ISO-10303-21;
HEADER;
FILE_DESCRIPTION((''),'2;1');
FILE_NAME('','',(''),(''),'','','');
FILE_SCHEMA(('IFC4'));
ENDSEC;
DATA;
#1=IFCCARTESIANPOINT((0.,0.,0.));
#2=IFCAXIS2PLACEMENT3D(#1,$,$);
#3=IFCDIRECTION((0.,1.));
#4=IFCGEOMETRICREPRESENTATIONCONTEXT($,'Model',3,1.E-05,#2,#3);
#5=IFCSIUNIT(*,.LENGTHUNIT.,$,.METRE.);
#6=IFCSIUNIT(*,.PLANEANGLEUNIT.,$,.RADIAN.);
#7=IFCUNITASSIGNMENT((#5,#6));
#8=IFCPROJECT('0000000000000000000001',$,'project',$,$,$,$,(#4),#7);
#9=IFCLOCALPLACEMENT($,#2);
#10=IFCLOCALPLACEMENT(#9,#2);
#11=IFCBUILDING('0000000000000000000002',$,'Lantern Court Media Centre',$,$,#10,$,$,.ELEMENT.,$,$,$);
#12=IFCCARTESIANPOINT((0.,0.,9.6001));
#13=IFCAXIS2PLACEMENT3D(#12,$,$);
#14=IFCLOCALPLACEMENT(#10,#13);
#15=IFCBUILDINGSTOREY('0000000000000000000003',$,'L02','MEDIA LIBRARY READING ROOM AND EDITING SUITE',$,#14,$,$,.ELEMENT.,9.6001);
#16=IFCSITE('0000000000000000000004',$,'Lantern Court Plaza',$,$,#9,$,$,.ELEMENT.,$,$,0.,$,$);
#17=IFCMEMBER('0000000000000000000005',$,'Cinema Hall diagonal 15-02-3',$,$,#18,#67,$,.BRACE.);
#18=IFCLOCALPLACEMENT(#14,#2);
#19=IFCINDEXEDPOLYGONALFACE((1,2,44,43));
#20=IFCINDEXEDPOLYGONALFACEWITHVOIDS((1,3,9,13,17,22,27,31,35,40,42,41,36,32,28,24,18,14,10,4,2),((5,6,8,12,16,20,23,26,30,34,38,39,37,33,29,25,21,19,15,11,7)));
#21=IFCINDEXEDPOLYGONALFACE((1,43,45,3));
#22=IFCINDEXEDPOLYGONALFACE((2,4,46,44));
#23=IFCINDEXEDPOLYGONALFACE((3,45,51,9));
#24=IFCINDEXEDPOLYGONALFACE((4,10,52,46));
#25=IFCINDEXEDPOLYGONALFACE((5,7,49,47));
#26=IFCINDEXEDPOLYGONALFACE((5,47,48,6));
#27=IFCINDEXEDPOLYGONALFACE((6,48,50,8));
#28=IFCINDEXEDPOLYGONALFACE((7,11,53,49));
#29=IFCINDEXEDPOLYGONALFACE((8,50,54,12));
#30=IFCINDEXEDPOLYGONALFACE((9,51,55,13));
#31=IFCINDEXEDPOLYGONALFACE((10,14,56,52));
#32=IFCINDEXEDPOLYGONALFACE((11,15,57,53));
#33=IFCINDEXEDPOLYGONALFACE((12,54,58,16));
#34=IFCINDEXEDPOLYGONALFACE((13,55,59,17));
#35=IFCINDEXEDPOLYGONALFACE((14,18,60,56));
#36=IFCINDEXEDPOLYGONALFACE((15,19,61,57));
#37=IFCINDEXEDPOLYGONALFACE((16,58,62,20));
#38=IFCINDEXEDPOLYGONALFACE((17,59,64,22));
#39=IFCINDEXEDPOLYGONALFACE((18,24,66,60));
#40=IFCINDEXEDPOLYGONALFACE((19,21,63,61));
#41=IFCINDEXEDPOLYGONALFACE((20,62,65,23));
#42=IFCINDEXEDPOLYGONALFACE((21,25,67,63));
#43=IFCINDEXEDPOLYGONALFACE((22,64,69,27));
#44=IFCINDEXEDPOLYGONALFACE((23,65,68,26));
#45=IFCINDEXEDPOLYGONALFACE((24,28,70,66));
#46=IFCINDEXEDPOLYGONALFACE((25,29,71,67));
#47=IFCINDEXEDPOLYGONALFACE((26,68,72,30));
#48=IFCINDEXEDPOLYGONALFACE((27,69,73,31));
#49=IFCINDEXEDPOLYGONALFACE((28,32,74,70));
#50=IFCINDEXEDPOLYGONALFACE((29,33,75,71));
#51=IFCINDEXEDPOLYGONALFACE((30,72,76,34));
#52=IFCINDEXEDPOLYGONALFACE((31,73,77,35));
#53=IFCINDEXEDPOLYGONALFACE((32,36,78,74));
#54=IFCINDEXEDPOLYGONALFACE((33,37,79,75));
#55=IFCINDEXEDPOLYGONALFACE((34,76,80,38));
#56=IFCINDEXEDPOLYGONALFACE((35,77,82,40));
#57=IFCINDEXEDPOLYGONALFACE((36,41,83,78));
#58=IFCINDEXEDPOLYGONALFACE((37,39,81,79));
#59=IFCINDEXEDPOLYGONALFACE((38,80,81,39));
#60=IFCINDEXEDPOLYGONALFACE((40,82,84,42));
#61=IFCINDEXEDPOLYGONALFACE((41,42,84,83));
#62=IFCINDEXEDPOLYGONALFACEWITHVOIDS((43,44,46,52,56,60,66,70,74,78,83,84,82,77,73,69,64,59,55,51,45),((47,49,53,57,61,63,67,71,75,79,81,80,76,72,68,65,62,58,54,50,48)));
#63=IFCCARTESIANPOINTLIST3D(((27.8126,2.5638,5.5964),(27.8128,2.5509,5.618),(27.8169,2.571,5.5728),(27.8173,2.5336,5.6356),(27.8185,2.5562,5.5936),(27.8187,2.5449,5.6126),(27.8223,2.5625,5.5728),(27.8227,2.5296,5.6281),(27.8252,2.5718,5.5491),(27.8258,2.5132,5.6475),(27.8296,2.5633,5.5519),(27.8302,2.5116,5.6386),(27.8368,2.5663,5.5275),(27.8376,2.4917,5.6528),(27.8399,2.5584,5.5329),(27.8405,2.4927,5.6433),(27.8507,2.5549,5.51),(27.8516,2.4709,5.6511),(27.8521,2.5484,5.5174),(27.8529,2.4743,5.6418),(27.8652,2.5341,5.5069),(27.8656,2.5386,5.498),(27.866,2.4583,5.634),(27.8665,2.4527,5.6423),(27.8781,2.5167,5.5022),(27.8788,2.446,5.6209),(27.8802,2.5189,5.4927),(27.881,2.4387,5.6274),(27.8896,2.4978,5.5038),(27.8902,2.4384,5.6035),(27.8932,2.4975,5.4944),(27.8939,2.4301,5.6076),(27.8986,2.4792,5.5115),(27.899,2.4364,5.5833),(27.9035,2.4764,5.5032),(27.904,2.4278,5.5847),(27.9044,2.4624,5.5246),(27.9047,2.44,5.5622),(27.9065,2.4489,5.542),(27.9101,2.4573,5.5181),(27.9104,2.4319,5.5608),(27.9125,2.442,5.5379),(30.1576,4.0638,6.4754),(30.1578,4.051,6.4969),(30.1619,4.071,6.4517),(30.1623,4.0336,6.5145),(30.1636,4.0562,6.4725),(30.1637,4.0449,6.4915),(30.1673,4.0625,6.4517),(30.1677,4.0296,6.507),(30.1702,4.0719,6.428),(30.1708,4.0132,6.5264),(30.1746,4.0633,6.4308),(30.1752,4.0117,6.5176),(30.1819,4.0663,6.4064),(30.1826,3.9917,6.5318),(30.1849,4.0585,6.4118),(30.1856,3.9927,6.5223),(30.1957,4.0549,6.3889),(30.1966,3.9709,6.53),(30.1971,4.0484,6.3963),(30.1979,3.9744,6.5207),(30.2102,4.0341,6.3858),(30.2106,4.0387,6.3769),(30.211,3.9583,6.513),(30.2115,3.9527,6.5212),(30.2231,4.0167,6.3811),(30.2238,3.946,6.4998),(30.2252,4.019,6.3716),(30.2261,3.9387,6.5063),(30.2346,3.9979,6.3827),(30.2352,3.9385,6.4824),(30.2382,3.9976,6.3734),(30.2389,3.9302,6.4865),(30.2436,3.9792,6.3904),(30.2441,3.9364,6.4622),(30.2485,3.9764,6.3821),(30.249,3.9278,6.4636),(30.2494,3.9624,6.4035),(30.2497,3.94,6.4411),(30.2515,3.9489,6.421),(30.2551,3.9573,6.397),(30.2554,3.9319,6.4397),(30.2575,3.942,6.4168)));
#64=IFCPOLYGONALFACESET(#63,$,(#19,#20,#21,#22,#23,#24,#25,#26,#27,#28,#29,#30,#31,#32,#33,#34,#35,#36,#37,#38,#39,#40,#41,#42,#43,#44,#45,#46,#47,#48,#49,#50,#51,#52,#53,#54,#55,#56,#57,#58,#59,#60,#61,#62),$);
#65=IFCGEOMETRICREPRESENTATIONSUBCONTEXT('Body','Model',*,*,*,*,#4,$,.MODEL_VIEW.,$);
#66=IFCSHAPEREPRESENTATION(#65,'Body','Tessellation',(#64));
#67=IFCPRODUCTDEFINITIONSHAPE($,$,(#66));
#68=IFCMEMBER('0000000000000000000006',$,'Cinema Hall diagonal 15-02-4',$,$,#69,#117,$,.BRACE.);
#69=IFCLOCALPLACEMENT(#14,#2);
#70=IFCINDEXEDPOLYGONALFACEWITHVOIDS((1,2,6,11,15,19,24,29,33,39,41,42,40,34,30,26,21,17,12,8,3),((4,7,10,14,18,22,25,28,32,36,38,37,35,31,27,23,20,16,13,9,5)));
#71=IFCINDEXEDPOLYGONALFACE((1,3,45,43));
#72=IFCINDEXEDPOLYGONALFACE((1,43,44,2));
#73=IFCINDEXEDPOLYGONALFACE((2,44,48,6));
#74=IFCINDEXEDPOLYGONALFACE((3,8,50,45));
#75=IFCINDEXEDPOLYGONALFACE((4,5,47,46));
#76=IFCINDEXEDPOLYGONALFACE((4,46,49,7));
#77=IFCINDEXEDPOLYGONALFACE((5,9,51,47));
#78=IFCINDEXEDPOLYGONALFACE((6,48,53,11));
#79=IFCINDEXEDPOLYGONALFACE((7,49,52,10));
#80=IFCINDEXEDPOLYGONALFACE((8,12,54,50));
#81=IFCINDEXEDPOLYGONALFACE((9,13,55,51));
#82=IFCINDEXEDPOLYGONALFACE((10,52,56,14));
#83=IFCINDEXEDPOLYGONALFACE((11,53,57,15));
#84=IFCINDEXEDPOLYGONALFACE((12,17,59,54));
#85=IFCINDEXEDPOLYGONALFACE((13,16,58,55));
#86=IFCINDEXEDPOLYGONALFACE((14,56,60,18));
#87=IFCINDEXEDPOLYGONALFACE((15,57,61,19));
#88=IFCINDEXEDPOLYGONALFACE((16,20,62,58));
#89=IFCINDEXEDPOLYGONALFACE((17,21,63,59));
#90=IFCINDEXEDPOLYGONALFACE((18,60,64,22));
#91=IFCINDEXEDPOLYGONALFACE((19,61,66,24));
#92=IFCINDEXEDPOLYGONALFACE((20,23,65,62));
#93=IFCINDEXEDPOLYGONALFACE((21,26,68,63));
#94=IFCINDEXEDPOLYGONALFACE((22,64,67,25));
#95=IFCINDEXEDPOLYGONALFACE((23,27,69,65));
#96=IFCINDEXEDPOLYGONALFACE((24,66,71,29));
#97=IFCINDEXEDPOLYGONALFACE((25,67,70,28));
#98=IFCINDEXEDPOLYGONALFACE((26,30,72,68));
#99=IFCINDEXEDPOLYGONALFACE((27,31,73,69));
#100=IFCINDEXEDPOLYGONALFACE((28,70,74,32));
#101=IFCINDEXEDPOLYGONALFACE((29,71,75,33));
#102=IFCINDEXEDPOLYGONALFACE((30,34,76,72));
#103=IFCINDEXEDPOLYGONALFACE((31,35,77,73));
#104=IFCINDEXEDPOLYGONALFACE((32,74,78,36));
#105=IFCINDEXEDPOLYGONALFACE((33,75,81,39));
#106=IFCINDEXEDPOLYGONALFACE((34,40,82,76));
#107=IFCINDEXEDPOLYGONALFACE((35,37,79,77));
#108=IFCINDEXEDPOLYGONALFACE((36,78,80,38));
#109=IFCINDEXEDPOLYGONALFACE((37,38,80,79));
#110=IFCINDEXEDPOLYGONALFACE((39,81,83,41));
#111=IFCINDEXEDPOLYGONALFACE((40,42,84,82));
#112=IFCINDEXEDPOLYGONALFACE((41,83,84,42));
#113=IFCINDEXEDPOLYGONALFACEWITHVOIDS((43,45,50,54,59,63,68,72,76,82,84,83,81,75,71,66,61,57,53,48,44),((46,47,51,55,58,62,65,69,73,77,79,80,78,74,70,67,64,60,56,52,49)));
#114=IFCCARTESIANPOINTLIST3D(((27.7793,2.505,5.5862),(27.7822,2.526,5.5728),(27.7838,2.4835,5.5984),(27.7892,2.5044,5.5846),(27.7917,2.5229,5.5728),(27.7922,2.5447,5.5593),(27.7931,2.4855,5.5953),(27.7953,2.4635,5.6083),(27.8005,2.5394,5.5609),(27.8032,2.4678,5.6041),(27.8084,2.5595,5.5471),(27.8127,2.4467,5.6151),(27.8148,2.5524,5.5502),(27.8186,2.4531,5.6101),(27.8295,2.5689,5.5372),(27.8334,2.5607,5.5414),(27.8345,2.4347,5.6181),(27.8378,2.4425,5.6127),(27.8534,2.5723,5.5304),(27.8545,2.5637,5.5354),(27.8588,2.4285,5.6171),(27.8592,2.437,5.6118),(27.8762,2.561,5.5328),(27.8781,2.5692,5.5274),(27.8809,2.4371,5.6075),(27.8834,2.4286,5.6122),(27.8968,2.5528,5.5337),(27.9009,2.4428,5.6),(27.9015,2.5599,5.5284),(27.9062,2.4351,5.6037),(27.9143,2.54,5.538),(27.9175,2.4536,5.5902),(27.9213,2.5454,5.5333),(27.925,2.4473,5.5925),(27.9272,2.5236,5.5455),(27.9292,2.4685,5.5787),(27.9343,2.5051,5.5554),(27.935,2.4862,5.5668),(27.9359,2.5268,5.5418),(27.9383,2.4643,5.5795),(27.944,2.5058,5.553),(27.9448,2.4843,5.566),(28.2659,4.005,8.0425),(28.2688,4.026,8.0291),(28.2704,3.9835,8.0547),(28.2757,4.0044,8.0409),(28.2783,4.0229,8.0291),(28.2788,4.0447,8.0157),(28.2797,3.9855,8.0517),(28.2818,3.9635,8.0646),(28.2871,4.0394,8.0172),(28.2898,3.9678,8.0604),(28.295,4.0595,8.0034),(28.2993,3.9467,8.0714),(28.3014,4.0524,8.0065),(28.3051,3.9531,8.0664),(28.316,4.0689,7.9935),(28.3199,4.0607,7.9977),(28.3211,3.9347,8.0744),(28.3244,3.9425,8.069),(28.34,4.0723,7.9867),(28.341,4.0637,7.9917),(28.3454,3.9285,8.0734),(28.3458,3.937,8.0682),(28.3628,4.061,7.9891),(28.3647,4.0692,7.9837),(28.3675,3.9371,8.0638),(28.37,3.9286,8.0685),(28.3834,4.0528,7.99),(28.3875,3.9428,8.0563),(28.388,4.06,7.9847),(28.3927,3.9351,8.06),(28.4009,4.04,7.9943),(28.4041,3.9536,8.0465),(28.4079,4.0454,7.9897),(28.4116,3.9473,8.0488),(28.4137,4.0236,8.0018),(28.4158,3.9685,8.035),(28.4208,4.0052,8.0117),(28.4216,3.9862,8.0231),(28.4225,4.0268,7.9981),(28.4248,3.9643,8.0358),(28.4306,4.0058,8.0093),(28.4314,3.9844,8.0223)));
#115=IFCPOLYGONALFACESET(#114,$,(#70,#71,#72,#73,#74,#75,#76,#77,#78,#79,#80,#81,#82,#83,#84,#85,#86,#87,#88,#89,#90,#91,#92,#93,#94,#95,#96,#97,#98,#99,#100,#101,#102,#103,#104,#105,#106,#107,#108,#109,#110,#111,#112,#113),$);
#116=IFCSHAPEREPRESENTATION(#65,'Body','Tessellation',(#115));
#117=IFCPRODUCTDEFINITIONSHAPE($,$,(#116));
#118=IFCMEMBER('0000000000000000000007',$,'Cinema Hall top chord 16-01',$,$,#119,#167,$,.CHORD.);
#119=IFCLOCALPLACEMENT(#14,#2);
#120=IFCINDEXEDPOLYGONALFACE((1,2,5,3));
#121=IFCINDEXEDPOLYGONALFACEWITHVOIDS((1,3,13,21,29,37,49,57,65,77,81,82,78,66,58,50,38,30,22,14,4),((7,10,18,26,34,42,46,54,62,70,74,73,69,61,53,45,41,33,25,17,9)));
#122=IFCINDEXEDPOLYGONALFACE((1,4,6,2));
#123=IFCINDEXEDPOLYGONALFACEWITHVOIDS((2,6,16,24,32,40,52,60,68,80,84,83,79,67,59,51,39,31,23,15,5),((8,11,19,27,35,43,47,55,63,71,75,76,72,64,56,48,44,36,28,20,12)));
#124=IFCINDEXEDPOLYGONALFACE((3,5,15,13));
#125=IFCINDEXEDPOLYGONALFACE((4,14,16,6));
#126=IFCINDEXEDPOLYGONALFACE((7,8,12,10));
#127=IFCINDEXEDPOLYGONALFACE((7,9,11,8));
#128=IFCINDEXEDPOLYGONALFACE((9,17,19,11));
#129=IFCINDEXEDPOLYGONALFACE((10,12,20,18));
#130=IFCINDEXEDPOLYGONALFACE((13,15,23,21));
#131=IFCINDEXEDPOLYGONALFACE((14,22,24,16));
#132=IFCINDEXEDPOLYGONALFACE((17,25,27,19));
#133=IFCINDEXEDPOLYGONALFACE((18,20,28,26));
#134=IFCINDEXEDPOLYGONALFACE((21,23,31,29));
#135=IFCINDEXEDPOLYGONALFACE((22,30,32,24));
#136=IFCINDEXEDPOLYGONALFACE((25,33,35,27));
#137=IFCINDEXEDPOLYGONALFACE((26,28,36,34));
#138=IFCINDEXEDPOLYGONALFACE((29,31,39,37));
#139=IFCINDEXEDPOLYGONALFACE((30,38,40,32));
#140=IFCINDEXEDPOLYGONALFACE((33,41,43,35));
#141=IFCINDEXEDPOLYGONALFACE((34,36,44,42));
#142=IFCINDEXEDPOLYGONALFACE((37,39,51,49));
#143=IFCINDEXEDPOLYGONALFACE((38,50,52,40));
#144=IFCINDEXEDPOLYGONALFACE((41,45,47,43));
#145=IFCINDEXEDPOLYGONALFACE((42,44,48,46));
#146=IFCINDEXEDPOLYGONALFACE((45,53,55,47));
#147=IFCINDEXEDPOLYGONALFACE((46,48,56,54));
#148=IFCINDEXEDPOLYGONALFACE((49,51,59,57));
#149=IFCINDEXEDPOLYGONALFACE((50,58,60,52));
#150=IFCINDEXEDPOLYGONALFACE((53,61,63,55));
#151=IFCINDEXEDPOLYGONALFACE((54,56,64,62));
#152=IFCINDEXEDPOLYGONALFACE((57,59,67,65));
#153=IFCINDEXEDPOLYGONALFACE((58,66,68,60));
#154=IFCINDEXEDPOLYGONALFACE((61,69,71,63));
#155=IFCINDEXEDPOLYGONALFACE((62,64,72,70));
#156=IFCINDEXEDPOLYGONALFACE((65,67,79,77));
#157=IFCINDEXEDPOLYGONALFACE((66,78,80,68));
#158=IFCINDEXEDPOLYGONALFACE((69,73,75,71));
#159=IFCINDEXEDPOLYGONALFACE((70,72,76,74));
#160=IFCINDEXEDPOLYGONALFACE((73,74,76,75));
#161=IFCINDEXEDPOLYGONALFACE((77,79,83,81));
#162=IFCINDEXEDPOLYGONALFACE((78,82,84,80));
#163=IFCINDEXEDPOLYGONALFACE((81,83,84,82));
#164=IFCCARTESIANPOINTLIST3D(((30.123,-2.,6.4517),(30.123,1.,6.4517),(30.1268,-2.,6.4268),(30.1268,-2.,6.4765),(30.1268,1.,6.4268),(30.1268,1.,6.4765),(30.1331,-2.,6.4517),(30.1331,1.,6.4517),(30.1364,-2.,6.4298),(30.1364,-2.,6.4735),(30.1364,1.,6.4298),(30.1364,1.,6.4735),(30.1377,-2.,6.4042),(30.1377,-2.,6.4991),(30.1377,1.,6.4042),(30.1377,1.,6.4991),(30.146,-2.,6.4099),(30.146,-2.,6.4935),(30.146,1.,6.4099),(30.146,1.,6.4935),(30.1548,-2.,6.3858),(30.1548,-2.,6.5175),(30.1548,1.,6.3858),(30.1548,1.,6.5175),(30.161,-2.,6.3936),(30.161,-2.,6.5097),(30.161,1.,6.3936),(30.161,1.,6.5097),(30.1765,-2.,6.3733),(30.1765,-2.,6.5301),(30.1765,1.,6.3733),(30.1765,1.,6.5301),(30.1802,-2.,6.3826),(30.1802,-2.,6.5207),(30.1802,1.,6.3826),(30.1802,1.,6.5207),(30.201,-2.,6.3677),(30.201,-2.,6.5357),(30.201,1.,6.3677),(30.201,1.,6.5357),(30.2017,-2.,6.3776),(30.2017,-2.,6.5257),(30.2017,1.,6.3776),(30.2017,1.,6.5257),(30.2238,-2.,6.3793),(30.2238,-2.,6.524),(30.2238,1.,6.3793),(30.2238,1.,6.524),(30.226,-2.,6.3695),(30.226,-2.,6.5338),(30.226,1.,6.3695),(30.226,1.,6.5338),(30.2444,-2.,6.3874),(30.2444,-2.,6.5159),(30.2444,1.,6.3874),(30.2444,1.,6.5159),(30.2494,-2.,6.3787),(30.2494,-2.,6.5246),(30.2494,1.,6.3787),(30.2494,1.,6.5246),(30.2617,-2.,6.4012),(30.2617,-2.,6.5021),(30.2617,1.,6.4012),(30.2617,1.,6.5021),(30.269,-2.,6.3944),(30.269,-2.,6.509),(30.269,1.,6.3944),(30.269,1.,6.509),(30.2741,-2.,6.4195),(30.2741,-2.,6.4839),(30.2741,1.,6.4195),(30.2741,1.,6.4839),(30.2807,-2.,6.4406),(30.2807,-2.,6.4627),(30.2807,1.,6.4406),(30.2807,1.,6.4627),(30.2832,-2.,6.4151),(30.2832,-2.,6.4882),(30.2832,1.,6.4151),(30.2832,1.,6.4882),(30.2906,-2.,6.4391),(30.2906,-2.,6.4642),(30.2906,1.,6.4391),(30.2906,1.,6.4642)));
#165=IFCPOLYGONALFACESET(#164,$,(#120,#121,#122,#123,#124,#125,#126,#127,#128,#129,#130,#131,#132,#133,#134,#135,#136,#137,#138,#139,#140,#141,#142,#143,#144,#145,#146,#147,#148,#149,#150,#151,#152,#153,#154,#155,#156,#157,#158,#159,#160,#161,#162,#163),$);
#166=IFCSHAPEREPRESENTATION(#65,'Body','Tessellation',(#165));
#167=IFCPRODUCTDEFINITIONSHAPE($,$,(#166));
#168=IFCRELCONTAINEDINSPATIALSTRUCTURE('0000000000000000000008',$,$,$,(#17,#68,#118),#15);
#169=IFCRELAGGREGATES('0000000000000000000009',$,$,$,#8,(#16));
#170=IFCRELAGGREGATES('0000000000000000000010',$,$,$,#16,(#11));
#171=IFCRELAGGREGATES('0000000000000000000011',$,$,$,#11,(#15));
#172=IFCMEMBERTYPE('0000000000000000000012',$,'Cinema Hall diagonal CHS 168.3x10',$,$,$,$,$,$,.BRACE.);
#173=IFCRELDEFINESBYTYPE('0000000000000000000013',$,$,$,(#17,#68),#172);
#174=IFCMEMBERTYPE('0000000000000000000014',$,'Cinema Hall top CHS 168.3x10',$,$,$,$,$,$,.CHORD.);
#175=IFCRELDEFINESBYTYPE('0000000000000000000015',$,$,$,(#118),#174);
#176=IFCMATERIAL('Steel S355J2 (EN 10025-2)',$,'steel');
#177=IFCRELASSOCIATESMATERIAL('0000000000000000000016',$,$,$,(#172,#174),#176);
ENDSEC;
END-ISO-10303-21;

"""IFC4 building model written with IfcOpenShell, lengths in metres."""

from ifc_helpers import new_model, si_unit, direction, frame, origin, origin_2d, place, context, subcontext, project, spatial, hollow_circle, extrude, material, material_profile, profile_set, type_object, element, save


model = new_model("IFC4")

# Units and contexts
model_context = context("Model", 3, precision=1e-05, world=origin(), true_north=direction((0.0, 1.0)))
body_context = subcontext(model_context, "Body", "Model", "MODEL_VIEW")
ifc_project = project(units=[si_unit("LENGTHUNIT", "METRE"), si_unit("PLANEANGLEUNIT", "RADIAN")], contexts=[model_context])

# Site, building, storey
site_placement = place(None, origin())
site = spatial("IfcSite", under=ifc_project, at=site_placement, Name="Lantern Court Plaza", CompositionType="ELEMENT", RefElevation=0.0)
building_placement = place(site_placement, origin())
building = spatial("IfcBuilding", under=site, at=building_placement, Name="Lantern Court Media Centre", CompositionType="ELEMENT")
storey_placement = place(building_placement, frame((0.0, 0.0, 9.6001)))
storey = spatial("IfcBuildingStorey", under=building, at=storey_placement, Name="L02", Description="MEDIA LIBRARY READING ROOM AND EDITING SUITE", CompositionType="ELEMENT", Elevation=9.6001)

# Members
ifc_material = material(Name="Steel S355J2 (EN 10025-2)", Category="steel")
ifc_material_profile_1 = material_profile(ifc_material, hollow_circle(Radius=0.0842, WallThickness=0.01, at=origin_2d()), Name="Cinema Hall diagonal CHS 168.3x10")
ifc_profile_set_1 = profile_set([ifc_material_profile_1], Name="Steel S355J2 (EN 10025-2)")
member_type_1 = type_object("IfcMemberType", Name="Cinema Hall diagonal CHS 168.3x10", PredefinedType="BRACE", material=ifc_profile_set_1)
for number, where, z_axis, x_axis, name in (
    (1, (27.8623, 2.5, 5.5728), (0.803309, 0.51385, 0.301084), (-0.538855, 0.842399, 0.0), "Cinema Hall diagonal 15-02-3"),
):
    element("IfcMember", number, at=place(storey_placement, frame(where, z_axis=z_axis, x_axis=x_axis)), inside=storey, type_object=member_type_1, Name=name, PredefinedType="BRACE", context=body_context, shape_type="SweptSolid", body=[
        extrude(hollow_circle(Radius=0.0842, WallThickness=0.01, at=origin_2d()), origin(), (0.0, 0.0, 1.0), 2.9192),
    ])
member_1_placement = place(storey_placement, frame((27.8623, 2.5, 5.5728), z_axis=(0.166695, 0.513887, 0.841506), x_axis=(-0.951207, 0.308554, 0.0)))
element("IfcMember", 2, at=member_1_placement, inside=storey, type_object=member_type_1, Name="Cinema Hall diagonal 15-02-4", PredefinedType="BRACE", context=body_context, shape_type="SweptSolid", body=[
    extrude(hollow_circle(Radius=0.0842, WallThickness=0.01, at=origin_2d()), origin(), (0.0, 0.0, 1.0), 2.9189),
])
ifc_material_profile_2 = material_profile(ifc_material, hollow_circle(Radius=0.0842, WallThickness=0.01, at=origin_2d()), Name="Cinema Hall top CHS 168.3x10")
ifc_profile_set_2 = profile_set([ifc_material_profile_2], Name="Steel S355J2 (EN 10025-2)")
member_type_2 = type_object("IfcMemberType", Name="Cinema Hall top CHS 168.3x10", PredefinedType="CHORD", material=ifc_profile_set_2)
for number, where, z_axis, x_axis, name in (
    (3, (30.2073, -2.0, 6.4517), (0.0, 1.0, 0.0), (-1.0, 0.0, 0.0), "Cinema Hall top chord 16-01"),
):
    element("IfcMember", number, at=place(storey_placement, frame(where, z_axis=z_axis, x_axis=x_axis)), inside=storey, type_object=member_type_2, Name=name, PredefinedType="CHORD", context=body_context, shape_type="SweptSolid", body=[
        extrude(hollow_circle(Radius=0.0842, WallThickness=0.01, at=origin_2d()), origin(), (0.0, 0.0, 1.0), 3.0),
    ])

save(model, "model.ifc")
